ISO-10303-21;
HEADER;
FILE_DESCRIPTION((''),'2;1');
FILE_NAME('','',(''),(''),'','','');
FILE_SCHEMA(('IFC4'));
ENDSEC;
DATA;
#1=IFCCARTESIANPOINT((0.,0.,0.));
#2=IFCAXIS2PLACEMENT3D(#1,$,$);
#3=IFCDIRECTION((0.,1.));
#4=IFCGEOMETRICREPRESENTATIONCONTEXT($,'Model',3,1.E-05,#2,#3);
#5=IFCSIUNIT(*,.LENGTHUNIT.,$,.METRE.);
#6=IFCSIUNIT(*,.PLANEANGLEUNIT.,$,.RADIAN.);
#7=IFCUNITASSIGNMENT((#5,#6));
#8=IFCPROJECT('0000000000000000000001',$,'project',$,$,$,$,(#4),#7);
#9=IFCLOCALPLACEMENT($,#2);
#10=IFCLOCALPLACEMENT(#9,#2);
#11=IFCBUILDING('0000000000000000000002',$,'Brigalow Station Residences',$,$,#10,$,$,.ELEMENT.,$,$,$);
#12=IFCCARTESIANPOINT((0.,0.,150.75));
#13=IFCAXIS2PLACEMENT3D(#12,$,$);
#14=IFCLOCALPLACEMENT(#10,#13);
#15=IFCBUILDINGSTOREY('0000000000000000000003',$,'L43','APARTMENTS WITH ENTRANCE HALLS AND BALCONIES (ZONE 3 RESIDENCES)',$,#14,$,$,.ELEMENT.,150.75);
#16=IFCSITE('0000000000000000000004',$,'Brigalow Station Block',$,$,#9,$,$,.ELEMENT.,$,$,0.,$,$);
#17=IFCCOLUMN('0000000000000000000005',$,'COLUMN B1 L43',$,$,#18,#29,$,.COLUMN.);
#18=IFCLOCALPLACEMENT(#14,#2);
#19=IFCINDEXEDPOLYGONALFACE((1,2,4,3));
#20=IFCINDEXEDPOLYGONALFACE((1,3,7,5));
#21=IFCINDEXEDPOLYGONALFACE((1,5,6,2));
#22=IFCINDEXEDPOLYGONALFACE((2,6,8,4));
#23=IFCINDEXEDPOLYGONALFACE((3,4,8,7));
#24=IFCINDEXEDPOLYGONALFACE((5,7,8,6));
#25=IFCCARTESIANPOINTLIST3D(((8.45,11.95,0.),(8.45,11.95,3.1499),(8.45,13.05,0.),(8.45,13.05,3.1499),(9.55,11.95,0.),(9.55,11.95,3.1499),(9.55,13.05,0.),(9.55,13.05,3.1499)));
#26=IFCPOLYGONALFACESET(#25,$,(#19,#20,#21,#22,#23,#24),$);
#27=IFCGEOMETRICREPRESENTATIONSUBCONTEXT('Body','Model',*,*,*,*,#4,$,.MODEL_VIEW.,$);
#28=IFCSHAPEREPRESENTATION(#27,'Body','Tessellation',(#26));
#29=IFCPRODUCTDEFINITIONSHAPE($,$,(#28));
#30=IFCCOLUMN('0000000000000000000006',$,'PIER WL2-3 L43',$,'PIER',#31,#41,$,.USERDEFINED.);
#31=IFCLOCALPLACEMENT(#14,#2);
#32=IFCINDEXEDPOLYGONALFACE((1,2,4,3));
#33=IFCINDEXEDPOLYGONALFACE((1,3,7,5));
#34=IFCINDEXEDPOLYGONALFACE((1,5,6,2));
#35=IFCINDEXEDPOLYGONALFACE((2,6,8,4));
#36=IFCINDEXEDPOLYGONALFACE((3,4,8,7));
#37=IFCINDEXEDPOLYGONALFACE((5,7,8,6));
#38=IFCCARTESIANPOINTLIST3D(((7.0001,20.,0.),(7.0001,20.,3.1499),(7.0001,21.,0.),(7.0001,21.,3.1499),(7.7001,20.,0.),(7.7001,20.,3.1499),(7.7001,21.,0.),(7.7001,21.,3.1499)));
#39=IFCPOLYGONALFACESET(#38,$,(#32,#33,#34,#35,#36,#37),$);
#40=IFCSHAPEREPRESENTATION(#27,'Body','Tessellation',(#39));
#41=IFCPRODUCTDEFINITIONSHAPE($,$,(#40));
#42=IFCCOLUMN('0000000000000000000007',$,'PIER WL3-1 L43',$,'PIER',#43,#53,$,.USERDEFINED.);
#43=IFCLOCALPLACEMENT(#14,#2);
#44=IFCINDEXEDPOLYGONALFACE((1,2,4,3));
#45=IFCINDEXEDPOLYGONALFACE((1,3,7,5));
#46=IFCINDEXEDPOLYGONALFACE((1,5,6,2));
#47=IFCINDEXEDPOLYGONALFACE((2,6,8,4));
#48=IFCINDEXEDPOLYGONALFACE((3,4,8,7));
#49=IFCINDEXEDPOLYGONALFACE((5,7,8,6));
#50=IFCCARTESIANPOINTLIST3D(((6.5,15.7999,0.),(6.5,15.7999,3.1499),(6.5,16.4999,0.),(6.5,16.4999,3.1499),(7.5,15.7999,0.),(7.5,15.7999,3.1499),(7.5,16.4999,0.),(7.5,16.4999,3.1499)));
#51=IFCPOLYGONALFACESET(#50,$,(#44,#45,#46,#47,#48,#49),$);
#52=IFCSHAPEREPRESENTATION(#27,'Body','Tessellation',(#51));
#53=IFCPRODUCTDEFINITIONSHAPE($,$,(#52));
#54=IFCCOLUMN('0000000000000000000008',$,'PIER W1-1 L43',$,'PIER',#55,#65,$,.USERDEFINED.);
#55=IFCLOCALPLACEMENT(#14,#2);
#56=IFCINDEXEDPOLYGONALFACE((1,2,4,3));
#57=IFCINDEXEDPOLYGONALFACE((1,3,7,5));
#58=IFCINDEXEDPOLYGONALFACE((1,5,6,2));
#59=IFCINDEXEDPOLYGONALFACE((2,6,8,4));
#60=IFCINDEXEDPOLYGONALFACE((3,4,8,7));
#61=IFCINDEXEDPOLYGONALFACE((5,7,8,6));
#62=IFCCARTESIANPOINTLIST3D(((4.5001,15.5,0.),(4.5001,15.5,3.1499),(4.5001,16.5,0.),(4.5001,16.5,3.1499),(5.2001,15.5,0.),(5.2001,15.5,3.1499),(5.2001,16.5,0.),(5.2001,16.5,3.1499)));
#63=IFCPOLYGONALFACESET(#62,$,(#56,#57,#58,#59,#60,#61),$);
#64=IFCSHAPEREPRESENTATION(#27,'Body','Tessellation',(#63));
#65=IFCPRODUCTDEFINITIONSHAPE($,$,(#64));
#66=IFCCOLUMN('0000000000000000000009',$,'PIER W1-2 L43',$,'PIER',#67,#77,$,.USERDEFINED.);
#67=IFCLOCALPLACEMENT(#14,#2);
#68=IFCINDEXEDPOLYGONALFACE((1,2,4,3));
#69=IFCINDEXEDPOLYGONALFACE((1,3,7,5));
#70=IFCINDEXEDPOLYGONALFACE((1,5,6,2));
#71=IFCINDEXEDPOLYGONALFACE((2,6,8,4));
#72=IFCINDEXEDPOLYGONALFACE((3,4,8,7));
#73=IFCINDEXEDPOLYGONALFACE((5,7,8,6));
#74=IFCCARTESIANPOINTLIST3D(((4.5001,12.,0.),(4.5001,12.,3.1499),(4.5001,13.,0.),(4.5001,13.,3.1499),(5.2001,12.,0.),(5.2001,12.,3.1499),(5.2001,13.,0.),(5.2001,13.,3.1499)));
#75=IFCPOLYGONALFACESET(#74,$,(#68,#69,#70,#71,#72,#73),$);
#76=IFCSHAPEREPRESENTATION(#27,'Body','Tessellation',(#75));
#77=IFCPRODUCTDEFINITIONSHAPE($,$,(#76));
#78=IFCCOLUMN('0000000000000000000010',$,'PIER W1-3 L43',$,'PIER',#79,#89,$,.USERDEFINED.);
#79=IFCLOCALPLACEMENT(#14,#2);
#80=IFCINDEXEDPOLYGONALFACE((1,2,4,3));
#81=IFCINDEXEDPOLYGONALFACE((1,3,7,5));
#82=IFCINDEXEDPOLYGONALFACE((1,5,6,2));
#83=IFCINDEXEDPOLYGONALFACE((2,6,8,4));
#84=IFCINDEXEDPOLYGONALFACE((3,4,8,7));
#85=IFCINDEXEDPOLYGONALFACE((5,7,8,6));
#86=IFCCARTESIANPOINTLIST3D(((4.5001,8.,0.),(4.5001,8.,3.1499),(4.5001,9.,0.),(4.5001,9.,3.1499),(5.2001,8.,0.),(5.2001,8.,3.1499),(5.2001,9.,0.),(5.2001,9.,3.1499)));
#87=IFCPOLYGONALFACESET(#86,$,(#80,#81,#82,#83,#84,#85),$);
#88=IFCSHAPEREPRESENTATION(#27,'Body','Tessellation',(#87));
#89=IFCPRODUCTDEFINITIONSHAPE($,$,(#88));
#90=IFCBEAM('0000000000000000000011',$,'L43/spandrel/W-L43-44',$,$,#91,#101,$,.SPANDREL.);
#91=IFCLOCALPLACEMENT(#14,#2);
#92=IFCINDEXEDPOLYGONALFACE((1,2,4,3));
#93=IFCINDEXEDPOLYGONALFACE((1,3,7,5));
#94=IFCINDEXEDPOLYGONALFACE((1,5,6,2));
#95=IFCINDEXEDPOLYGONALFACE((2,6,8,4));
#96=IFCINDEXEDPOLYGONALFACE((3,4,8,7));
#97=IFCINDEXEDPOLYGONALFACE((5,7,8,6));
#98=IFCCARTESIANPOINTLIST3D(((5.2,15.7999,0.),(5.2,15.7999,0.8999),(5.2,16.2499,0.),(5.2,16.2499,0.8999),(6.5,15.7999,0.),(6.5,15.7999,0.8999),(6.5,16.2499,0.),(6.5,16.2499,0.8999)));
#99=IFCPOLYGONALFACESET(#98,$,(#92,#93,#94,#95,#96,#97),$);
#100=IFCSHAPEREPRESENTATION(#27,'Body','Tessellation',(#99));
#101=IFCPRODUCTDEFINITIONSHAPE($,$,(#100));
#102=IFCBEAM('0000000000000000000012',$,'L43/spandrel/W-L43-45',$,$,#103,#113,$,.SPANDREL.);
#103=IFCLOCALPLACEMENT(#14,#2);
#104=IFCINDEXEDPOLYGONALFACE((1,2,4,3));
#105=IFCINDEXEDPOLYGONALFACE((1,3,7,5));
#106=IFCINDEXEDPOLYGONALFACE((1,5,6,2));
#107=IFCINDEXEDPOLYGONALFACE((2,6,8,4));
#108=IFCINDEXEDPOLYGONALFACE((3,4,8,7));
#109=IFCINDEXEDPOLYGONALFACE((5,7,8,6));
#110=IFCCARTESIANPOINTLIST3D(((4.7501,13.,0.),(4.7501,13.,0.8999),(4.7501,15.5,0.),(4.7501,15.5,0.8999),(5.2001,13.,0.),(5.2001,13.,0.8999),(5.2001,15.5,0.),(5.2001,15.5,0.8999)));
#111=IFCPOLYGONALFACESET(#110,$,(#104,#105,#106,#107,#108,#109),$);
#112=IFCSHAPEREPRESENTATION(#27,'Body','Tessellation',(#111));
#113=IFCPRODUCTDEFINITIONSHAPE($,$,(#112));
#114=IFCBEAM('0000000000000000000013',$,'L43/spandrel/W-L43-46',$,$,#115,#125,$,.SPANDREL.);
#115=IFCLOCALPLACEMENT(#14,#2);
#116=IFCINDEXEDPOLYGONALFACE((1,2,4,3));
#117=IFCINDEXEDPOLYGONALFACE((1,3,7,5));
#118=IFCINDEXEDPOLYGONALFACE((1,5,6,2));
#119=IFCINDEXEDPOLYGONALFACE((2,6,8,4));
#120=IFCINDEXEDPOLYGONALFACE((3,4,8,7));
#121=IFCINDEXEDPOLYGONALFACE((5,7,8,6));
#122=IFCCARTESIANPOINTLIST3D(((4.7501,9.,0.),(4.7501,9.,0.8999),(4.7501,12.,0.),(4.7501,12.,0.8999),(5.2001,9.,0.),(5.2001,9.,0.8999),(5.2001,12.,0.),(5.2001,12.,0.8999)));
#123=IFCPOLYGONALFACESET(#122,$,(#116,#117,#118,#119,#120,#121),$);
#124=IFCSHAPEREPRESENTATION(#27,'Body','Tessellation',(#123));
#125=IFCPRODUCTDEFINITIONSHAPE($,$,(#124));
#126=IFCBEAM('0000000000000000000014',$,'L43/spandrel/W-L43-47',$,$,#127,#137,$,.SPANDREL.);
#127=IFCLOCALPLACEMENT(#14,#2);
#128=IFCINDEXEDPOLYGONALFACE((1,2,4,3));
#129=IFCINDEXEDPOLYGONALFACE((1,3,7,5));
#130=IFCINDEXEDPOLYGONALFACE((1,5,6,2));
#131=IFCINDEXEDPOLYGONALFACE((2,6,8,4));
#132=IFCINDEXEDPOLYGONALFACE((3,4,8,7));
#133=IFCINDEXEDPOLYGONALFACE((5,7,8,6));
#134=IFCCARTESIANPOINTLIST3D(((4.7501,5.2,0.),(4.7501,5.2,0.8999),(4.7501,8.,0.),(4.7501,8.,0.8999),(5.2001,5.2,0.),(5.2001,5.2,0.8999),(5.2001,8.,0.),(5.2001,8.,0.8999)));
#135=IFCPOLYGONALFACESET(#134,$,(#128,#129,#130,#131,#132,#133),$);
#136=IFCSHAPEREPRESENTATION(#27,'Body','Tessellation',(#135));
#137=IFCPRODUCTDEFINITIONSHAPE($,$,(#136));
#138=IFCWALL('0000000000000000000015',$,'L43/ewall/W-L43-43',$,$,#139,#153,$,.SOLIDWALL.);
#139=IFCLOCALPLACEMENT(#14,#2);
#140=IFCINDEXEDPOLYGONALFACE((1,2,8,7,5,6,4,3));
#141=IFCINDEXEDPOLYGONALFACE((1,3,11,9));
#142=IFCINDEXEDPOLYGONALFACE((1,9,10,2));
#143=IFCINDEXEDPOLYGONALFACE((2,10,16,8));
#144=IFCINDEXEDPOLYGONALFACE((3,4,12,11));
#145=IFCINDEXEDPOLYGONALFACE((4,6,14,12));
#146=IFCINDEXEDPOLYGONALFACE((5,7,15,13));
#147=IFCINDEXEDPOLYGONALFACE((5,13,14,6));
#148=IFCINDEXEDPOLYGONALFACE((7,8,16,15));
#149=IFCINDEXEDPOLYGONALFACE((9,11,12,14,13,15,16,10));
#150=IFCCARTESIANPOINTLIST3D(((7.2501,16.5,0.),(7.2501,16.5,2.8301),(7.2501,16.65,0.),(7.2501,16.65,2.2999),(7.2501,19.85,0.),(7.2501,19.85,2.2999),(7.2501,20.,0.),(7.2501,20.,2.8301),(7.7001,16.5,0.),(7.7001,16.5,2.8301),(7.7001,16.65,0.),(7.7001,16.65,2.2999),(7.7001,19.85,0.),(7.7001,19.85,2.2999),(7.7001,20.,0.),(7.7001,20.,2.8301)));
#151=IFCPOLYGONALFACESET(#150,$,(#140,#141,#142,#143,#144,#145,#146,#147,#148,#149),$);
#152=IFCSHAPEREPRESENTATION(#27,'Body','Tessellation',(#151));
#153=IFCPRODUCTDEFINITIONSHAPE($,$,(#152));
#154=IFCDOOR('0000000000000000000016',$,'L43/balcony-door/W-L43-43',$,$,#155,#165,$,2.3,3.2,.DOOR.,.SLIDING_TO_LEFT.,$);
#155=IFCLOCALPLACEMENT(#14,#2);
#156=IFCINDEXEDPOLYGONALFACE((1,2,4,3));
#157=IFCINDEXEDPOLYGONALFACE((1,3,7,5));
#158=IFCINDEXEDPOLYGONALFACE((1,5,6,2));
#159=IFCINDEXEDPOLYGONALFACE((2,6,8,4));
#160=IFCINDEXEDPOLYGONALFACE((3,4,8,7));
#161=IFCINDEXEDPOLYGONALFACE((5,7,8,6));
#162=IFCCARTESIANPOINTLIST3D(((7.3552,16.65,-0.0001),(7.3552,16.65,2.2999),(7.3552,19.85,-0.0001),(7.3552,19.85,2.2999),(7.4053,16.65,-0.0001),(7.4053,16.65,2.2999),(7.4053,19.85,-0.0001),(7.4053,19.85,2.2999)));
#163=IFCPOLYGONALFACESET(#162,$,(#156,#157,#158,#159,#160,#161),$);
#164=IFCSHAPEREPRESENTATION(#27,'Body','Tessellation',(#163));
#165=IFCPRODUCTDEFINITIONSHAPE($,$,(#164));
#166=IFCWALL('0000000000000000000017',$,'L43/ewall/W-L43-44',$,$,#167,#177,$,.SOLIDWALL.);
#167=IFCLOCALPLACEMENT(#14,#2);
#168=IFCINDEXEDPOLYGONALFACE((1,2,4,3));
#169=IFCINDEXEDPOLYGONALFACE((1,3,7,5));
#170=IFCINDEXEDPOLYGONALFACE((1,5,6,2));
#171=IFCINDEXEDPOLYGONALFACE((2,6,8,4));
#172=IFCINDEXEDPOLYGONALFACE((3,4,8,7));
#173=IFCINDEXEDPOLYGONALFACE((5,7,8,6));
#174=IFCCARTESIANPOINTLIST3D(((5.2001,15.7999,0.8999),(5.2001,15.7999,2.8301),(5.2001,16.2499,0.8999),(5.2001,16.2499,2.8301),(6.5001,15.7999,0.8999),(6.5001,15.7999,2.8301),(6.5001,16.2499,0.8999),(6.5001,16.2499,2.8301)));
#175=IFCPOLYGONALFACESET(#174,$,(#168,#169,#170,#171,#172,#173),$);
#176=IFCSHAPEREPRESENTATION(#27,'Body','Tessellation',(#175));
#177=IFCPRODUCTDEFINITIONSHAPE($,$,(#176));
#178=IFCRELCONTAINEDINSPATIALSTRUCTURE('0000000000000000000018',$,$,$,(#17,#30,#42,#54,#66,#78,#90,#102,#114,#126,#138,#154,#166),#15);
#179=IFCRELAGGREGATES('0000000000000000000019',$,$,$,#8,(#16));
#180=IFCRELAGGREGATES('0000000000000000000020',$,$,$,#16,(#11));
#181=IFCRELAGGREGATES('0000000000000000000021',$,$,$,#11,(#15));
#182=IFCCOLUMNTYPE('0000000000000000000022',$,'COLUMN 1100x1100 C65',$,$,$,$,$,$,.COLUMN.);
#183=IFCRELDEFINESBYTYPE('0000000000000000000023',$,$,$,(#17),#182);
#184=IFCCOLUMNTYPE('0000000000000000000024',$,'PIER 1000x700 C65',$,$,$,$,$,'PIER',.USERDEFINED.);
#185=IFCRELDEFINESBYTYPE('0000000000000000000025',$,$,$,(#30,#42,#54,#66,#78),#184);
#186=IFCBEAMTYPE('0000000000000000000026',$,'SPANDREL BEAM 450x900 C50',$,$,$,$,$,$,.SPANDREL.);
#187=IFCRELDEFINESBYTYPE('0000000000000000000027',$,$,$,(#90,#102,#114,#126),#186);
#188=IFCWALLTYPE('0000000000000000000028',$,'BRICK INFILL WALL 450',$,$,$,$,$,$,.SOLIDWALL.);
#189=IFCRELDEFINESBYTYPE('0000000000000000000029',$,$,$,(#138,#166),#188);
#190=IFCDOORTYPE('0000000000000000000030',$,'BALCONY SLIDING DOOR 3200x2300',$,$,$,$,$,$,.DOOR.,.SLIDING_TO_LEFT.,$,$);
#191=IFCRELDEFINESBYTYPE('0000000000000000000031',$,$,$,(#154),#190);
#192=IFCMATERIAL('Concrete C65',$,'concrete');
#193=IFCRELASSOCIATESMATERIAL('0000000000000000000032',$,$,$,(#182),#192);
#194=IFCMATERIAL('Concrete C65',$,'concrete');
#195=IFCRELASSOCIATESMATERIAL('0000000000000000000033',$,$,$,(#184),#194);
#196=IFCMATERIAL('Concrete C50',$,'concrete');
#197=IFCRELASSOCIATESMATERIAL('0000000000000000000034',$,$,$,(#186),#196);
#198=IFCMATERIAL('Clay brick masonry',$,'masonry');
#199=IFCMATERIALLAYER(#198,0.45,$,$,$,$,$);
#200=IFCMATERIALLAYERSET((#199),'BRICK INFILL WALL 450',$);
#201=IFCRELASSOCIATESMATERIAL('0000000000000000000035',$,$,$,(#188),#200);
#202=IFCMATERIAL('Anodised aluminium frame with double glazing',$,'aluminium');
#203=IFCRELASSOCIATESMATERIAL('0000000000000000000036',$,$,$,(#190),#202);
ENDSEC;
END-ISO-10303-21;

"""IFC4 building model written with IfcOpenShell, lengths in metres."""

from ifc_helpers import new_model, si_unit, direction, frame, frame_2d, origin, origin_2d, place, context, subcontext, project, spatial, rectangle, extrude, material, layer, layer_set, material_profile, profile_set, type_object, element, fill, save


model = new_model("IFC4")

# Units and contexts
model_context = context("Model", 3, precision=1e-05, world=origin(), true_north=direction((0.0, 1.0)))
body_context = subcontext(model_context, "Body", "Model", "MODEL_VIEW")
ifc_project = project(units=[si_unit("LENGTHUNIT", "METRE"), si_unit("PLANEANGLEUNIT", "RADIAN")], contexts=[model_context])

# Site, building, storey
site_placement = place(None, origin())
site = spatial("IfcSite", under=ifc_project, at=site_placement, Name="Brigalow Station Block", CompositionType="ELEMENT", RefElevation=0.0)
building_placement = place(site_placement, origin())
building = spatial("IfcBuilding", under=site, at=building_placement, Name="Brigalow Station Residences", CompositionType="ELEMENT")
storey_placement = place(building_placement, frame((0.0, 0.0, 150.75)))
storey = spatial("IfcBuildingStorey", under=building, at=storey_placement, Name="L43", Description="APARTMENTS WITH ENTRANCE HALLS AND BALCONIES (ZONE 3 RESIDENCES)", CompositionType="ELEMENT", Elevation=150.75)

# Columns
ifc_material_1 = material(Name="Concrete C65", Category="concrete")
ifc_material_profile_1 = material_profile(ifc_material_1, rectangle(XDim=1.1001, YDim=1.1001, at=origin_2d()), Name="RC1100x1100")
ifc_profile_set_1 = profile_set([ifc_material_profile_1], Name="Concrete C65")
column_type_1 = type_object("IfcColumnType", Name="COLUMN 1100x1100 C65", PredefinedType="COLUMN", material=ifc_profile_set_1)
column_placement = place(storey_placement, frame((9.0, 12.5, 0.0), z_axis=(0.0, 0.0, 1.0), x_axis=(1.0, 0.0, 0.0)))
element("IfcColumn", 1, at=column_placement, inside=storey, type_object=column_type_1, Name="COLUMN B1 L43", PredefinedType="COLUMN", context=body_context, shape_type="SweptSolid", body=[
    extrude(rectangle(XDim=1.1001, YDim=1.1001, at=origin_2d()), origin(), (0.0, 0.0, 1.0), 3.1499),
])
ifc_material_2 = material(Name="Concrete C65", Category="concrete")
ifc_material_profile_2 = material_profile(ifc_material_2, rectangle(XDim=1.0, YDim=0.7, at=origin_2d()), Name="RC1000x700")
ifc_profile_set_2 = profile_set([ifc_material_profile_2], Name="Concrete C65")
column_type_2 = type_object("IfcColumnType", Name="PIER 1000x700 C65", ElementType="PIER", PredefinedType="USERDEFINED", material=ifc_profile_set_2)
for number, where, z_axis, x_axis, name in (
    (2, (7.3501, 20.5, 0.0), (0.0, 0.0, 1.0), (0.0, -1.0, 0.0), "PIER WL2-3 L43"),
    (3, (7.0, 16.1499, 0.0), (0.0, 0.0, 1.0), (-1.0, 0.0, 0.0), "PIER WL3-1 L43"),
    (4, (4.8501, 16.0, 0.0), (0.0, 0.0, 1.0), (0.0, -1.0, 0.0), "PIER W1-1 L43"),
    (5, (4.8501, 12.5, 0.0), (0.0, 0.0, 1.0), (0.0, -1.0, 0.0), "PIER W1-2 L43"),
    (6, (4.8501, 8.5, 0.0), (0.0, 0.0, 1.0), (0.0, -1.0, 0.0), "PIER W1-3 L43"),
):
    element("IfcColumn", number, at=place(storey_placement, frame(where, z_axis=z_axis, x_axis=x_axis)), inside=storey, type_object=column_type_2, Name=name, ObjectType="PIER", PredefinedType="USERDEFINED", context=body_context, shape_type="SweptSolid", body=[
        extrude(rectangle(XDim=1.0, YDim=0.7, at=origin_2d()), origin(), (0.0, 0.0, 1.0), 3.1499),
    ])

# Beams
ifc_material_3 = material(Name="Concrete C50", Category="concrete")
ifc_material_profile_3 = material_profile(ifc_material_3, rectangle(XDim=0.45, YDim=0.8999, at=origin_2d()), Name="RC450x900")
ifc_profile_set_3 = profile_set([ifc_material_profile_3], Name="Concrete C50")
beam_type = type_object("IfcBeamType", Name="SPANDREL BEAM 450x900 C50", PredefinedType="SPANDREL", material=ifc_profile_set_3)
beam_1_placement = place(storey_placement, frame((6.5, 16.0249, 0.45), z_axis=(-1.0, 0.0, 0.0), x_axis=(0.0, -1.0, 0.0)))
element("IfcBeam", 7, at=beam_1_placement, inside=storey, type_object=beam_type, Name="L43/spandrel/W-L43-44", PredefinedType="SPANDREL", context=body_context, shape_type="SweptSolid", body=[
    extrude(rectangle(XDim=0.45, YDim=0.8999, at=origin_2d()), origin(), (0.0, 0.0, 1.0), 1.3),
])
beam_2_placement = place(storey_placement, frame((4.9751, 15.5, 0.45), z_axis=(0.0, -1.0, 0.0), x_axis=(1.0, 0.0, 0.0)))
element("IfcBeam", 8, at=beam_2_placement, inside=storey, type_object=beam_type, Name="L43/spandrel/W-L43-45", PredefinedType="SPANDREL", context=body_context, shape_type="SweptSolid", body=[
    extrude(rectangle(XDim=0.45, YDim=0.8999, at=origin_2d()), origin(), (0.0, 0.0, 1.0), 2.5),
])
beam_3_placement = place(storey_placement, frame((4.9751, 12.0, 0.45), z_axis=(0.0, -1.0, 0.0), x_axis=(1.0, 0.0, 0.0)))
element("IfcBeam", 9, at=beam_3_placement, inside=storey, type_object=beam_type, Name="L43/spandrel/W-L43-46", PredefinedType="SPANDREL", context=body_context, shape_type="SweptSolid", body=[
    extrude(rectangle(XDim=0.45, YDim=0.8999, at=origin_2d()), origin(), (0.0, 0.0, 1.0), 3.0),
])
beam_4_placement = place(storey_placement, frame((4.9751, 8.0, 0.45), z_axis=(0.0, -1.0, 0.0), x_axis=(1.0, 0.0, 0.0)))
element("IfcBeam", 10, at=beam_4_placement, inside=storey, type_object=beam_type, Name="L43/spandrel/W-L43-47", PredefinedType="SPANDREL", context=body_context, shape_type="SweptSolid", body=[
    extrude(rectangle(XDim=0.45, YDim=0.8999, at=origin_2d()), origin(), (0.0, 0.0, 1.0), 2.8),
])

# Wall, opening, door
ifc_material_4 = material(Name="Clay brick masonry", Category="masonry")
ifc_layer_1 = layer(ifc_material_4, 0.45)
ifc_layer_set_1 = layer_set([ifc_layer_1], Name="BRICK INFILL WALL 450")
wall_type_1 = type_object("IfcWallType", Name="BRICK INFILL WALL 450", PredefinedType="SOLIDWALL", material=ifc_layer_set_1)
wall_1_placement = place(storey_placement, frame((7.4751, 20.0, 0.0), z_axis=(0.0, 0.0, 1.0), x_axis=(0.0, -1.0, 0.0)))
wall_1 = element("IfcWall", 11, at=wall_1_placement, inside=storey, type_object=wall_type_1, Name="L43/ewall/W-L43-43", PredefinedType="SOLIDWALL", context=body_context, shape_type="SweptSolid", body=[
    extrude(rectangle(XDim=3.5, YDim=0.45, at=frame_2d((1.75, 0.0))), origin(), (0.0, 0.0, 1.0), 2.8301),
])
opening_1_placement = place(wall_1_placement, frame((0.1499, 0.0, 0.0)))
opening_1 = element("IfcOpeningElement", 12, at=opening_1_placement, cuts=wall_1, PredefinedType="OPENING", context=body_context, shape_type="SweptSolid", body=[
    extrude(rectangle(XDim=3.2, YDim=2.3, at=frame_2d((1.6001, 1.1499))), frame((0.0, 0.2349, 0.0), z_axis=(0.0, -1.0, 0.0), x_axis=(1.0, 0.0, 0.0)), (0.0, 0.0, 1.0), 0.47),
])
ifc_material_5 = material(Name="Anodised aluminium frame with double glazing", Category="aluminium")
door_type_1 = type_object("IfcDoorType", Name="BALCONY SLIDING DOOR 3200x2300", OperationType="SLIDING_TO_LEFT", PredefinedType="DOOR", material=ifc_material_5)
door_1_placement = place(opening_1_placement, origin())
door_1 = element("IfcDoor", 13, at=door_1_placement, inside=storey, type_object=door_type_1, Name="L43/balcony-door/W-L43-43", OperationType="SLIDING_TO_LEFT", OverallHeight=2.3, OverallWidth=3.2, PredefinedType="DOOR", context=body_context, shape_type="SweptSolid", body=[
    extrude(rectangle(XDim=3.2, YDim=2.3, at=frame_2d((1.6001, 1.1499))), frame((0.0, -0.0698, 0.0), z_axis=(0.0, -1.0, 0.0), x_axis=(1.0, 0.0, 0.0)), (0.0, 0.0, 1.0), 0.05),
])
fill(opening_1, door_1)

# Wall
wall_2_placement = place(storey_placement, frame((6.5, 16.0249, 0.8999), z_axis=(0.0, 0.0, 1.0), x_axis=(-1.0, 0.0, 0.0)))
element("IfcWall", 14, at=wall_2_placement, inside=storey, type_object=wall_type_1, Name="L43/ewall/W-L43-44", PredefinedType="SOLIDWALL", context=body_context, shape_type="SweptSolid", body=[
    extrude(rectangle(XDim=1.3, YDim=0.45, at=frame_2d((0.6499, 0.0))), origin(), (0.0, 0.0, 1.0), 1.9302),
])

save(model, "model.ifc")
